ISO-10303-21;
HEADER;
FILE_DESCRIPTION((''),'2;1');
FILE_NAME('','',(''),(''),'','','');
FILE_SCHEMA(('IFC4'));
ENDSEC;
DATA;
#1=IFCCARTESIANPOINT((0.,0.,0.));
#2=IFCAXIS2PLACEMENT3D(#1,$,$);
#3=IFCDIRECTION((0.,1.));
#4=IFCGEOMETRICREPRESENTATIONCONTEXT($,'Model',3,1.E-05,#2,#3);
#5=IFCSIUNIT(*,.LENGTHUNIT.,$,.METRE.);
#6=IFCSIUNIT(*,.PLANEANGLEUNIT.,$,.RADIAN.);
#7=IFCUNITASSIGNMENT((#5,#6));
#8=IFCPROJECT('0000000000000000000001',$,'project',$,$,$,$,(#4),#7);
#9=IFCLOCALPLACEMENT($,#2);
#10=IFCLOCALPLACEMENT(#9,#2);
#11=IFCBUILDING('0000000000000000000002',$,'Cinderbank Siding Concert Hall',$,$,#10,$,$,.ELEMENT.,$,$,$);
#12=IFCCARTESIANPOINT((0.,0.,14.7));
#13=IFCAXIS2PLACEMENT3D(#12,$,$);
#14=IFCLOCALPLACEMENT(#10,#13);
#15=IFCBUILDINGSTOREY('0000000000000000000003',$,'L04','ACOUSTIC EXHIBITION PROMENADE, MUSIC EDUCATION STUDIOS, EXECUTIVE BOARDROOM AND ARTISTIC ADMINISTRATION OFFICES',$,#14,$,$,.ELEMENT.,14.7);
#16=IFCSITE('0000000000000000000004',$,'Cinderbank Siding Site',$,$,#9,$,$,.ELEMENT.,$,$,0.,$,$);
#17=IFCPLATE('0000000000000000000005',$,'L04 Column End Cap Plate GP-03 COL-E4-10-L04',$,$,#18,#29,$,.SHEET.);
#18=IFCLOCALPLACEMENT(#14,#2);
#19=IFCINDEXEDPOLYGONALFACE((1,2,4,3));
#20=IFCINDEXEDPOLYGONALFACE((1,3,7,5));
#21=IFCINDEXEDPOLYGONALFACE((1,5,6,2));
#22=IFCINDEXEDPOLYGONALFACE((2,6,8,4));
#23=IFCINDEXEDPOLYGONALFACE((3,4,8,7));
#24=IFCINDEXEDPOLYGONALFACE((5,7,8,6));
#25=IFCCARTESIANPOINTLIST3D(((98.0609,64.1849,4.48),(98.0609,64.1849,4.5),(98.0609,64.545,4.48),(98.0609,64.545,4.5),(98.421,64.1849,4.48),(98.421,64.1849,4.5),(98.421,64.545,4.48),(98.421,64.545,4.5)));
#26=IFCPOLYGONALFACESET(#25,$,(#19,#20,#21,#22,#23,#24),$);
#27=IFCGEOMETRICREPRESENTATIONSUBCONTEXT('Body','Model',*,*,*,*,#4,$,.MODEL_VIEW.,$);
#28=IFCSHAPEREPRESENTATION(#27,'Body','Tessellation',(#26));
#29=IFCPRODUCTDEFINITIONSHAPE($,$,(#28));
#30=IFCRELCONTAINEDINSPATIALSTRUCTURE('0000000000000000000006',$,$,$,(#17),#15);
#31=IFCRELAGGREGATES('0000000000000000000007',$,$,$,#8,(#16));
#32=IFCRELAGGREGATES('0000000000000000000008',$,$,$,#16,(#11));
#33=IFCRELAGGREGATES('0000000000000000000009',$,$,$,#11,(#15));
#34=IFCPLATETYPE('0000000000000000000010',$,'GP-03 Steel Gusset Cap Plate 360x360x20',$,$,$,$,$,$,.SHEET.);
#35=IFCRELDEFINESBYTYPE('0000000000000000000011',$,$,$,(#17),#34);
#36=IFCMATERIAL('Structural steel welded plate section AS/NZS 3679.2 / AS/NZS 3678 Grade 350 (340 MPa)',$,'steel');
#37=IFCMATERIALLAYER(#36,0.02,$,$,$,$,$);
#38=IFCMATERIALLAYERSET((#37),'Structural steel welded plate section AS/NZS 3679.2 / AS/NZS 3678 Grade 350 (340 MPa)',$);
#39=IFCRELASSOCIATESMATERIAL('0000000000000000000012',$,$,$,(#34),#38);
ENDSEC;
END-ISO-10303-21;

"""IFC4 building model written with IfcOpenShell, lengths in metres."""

from ifc_helpers import new_model, si_unit, direction, frame, origin, origin_2d, place, context, subcontext, project, spatial, rectangle, extrude, material, layer, layer_set, type_object, element, save


model = new_model("IFC4")

# Units and contexts
model_context = context("Model", 3, precision=1e-05, world=origin(), true_north=direction((0.0, 1.0)))
body_context = subcontext(model_context, "Body", "Model", "MODEL_VIEW")
ifc_project = project(units=[si_unit("LENGTHUNIT", "METRE"), si_unit("PLANEANGLEUNIT", "RADIAN")], contexts=[model_context])

# Site, building, storey
site_placement = place(None, origin())
site = spatial("IfcSite", under=ifc_project, at=site_placement, Name="Cinderbank Siding Site", CompositionType="ELEMENT", RefElevation=0.0)
building_placement = place(site_placement, origin())
building = spatial("IfcBuilding", under=site, at=building_placement, Name="Cinderbank Siding Concert Hall", CompositionType="ELEMENT")
storey_placement = place(building_placement, frame((0.0, 0.0, 14.7)))
storey = spatial("IfcBuildingStorey", under=building, at=storey_placement, Name="L04", Description="ACOUSTIC EXHIBITION PROMENADE, MUSIC EDUCATION STUDIOS, EXECUTIVE BOARDROOM AND ARTISTIC ADMINISTRATION OFFICES", CompositionType="ELEMENT", Elevation=14.7)

# Plate
ifc_material_1 = material(Name="Structural steel welded plate section AS/NZS 3679.2 / AS/NZS 3678 Grade 350 (340 MPa)", Category="steel")
ifc_layer_1 = layer(ifc_material_1, 0.02)
ifc_layer_set_1 = layer_set([ifc_layer_1], Name="Structural steel welded plate section AS/NZS 3679.2 / AS/NZS 3678 Grade 350 (340 MPa)")
plate_type_1 = type_object("IfcPlateType", Name="GP-03 Steel Gusset Cap Plate 360x360x20", PredefinedType="SHEET", material=ifc_layer_set_1)
plate_1_placement = place(storey_placement, frame((98.241, 64.365, 4.48), z_axis=(0.0, 0.0, 1.0), x_axis=(1.0, 0.0, 0.0)))
element("IfcPlate", 1, at=plate_1_placement, inside=storey, type_object=plate_type_1, Name="L04 Column End Cap Plate GP-03 COL-E4-10-L04", PredefinedType="SHEET", context=body_context, shape_type="SweptSolid", body=[
    extrude(rectangle(XDim=0.3601, YDim=0.3601, at=origin_2d()), origin(), (0.0, 0.0, 1.0), 0.02),
])

save(model, "model.ifc")
